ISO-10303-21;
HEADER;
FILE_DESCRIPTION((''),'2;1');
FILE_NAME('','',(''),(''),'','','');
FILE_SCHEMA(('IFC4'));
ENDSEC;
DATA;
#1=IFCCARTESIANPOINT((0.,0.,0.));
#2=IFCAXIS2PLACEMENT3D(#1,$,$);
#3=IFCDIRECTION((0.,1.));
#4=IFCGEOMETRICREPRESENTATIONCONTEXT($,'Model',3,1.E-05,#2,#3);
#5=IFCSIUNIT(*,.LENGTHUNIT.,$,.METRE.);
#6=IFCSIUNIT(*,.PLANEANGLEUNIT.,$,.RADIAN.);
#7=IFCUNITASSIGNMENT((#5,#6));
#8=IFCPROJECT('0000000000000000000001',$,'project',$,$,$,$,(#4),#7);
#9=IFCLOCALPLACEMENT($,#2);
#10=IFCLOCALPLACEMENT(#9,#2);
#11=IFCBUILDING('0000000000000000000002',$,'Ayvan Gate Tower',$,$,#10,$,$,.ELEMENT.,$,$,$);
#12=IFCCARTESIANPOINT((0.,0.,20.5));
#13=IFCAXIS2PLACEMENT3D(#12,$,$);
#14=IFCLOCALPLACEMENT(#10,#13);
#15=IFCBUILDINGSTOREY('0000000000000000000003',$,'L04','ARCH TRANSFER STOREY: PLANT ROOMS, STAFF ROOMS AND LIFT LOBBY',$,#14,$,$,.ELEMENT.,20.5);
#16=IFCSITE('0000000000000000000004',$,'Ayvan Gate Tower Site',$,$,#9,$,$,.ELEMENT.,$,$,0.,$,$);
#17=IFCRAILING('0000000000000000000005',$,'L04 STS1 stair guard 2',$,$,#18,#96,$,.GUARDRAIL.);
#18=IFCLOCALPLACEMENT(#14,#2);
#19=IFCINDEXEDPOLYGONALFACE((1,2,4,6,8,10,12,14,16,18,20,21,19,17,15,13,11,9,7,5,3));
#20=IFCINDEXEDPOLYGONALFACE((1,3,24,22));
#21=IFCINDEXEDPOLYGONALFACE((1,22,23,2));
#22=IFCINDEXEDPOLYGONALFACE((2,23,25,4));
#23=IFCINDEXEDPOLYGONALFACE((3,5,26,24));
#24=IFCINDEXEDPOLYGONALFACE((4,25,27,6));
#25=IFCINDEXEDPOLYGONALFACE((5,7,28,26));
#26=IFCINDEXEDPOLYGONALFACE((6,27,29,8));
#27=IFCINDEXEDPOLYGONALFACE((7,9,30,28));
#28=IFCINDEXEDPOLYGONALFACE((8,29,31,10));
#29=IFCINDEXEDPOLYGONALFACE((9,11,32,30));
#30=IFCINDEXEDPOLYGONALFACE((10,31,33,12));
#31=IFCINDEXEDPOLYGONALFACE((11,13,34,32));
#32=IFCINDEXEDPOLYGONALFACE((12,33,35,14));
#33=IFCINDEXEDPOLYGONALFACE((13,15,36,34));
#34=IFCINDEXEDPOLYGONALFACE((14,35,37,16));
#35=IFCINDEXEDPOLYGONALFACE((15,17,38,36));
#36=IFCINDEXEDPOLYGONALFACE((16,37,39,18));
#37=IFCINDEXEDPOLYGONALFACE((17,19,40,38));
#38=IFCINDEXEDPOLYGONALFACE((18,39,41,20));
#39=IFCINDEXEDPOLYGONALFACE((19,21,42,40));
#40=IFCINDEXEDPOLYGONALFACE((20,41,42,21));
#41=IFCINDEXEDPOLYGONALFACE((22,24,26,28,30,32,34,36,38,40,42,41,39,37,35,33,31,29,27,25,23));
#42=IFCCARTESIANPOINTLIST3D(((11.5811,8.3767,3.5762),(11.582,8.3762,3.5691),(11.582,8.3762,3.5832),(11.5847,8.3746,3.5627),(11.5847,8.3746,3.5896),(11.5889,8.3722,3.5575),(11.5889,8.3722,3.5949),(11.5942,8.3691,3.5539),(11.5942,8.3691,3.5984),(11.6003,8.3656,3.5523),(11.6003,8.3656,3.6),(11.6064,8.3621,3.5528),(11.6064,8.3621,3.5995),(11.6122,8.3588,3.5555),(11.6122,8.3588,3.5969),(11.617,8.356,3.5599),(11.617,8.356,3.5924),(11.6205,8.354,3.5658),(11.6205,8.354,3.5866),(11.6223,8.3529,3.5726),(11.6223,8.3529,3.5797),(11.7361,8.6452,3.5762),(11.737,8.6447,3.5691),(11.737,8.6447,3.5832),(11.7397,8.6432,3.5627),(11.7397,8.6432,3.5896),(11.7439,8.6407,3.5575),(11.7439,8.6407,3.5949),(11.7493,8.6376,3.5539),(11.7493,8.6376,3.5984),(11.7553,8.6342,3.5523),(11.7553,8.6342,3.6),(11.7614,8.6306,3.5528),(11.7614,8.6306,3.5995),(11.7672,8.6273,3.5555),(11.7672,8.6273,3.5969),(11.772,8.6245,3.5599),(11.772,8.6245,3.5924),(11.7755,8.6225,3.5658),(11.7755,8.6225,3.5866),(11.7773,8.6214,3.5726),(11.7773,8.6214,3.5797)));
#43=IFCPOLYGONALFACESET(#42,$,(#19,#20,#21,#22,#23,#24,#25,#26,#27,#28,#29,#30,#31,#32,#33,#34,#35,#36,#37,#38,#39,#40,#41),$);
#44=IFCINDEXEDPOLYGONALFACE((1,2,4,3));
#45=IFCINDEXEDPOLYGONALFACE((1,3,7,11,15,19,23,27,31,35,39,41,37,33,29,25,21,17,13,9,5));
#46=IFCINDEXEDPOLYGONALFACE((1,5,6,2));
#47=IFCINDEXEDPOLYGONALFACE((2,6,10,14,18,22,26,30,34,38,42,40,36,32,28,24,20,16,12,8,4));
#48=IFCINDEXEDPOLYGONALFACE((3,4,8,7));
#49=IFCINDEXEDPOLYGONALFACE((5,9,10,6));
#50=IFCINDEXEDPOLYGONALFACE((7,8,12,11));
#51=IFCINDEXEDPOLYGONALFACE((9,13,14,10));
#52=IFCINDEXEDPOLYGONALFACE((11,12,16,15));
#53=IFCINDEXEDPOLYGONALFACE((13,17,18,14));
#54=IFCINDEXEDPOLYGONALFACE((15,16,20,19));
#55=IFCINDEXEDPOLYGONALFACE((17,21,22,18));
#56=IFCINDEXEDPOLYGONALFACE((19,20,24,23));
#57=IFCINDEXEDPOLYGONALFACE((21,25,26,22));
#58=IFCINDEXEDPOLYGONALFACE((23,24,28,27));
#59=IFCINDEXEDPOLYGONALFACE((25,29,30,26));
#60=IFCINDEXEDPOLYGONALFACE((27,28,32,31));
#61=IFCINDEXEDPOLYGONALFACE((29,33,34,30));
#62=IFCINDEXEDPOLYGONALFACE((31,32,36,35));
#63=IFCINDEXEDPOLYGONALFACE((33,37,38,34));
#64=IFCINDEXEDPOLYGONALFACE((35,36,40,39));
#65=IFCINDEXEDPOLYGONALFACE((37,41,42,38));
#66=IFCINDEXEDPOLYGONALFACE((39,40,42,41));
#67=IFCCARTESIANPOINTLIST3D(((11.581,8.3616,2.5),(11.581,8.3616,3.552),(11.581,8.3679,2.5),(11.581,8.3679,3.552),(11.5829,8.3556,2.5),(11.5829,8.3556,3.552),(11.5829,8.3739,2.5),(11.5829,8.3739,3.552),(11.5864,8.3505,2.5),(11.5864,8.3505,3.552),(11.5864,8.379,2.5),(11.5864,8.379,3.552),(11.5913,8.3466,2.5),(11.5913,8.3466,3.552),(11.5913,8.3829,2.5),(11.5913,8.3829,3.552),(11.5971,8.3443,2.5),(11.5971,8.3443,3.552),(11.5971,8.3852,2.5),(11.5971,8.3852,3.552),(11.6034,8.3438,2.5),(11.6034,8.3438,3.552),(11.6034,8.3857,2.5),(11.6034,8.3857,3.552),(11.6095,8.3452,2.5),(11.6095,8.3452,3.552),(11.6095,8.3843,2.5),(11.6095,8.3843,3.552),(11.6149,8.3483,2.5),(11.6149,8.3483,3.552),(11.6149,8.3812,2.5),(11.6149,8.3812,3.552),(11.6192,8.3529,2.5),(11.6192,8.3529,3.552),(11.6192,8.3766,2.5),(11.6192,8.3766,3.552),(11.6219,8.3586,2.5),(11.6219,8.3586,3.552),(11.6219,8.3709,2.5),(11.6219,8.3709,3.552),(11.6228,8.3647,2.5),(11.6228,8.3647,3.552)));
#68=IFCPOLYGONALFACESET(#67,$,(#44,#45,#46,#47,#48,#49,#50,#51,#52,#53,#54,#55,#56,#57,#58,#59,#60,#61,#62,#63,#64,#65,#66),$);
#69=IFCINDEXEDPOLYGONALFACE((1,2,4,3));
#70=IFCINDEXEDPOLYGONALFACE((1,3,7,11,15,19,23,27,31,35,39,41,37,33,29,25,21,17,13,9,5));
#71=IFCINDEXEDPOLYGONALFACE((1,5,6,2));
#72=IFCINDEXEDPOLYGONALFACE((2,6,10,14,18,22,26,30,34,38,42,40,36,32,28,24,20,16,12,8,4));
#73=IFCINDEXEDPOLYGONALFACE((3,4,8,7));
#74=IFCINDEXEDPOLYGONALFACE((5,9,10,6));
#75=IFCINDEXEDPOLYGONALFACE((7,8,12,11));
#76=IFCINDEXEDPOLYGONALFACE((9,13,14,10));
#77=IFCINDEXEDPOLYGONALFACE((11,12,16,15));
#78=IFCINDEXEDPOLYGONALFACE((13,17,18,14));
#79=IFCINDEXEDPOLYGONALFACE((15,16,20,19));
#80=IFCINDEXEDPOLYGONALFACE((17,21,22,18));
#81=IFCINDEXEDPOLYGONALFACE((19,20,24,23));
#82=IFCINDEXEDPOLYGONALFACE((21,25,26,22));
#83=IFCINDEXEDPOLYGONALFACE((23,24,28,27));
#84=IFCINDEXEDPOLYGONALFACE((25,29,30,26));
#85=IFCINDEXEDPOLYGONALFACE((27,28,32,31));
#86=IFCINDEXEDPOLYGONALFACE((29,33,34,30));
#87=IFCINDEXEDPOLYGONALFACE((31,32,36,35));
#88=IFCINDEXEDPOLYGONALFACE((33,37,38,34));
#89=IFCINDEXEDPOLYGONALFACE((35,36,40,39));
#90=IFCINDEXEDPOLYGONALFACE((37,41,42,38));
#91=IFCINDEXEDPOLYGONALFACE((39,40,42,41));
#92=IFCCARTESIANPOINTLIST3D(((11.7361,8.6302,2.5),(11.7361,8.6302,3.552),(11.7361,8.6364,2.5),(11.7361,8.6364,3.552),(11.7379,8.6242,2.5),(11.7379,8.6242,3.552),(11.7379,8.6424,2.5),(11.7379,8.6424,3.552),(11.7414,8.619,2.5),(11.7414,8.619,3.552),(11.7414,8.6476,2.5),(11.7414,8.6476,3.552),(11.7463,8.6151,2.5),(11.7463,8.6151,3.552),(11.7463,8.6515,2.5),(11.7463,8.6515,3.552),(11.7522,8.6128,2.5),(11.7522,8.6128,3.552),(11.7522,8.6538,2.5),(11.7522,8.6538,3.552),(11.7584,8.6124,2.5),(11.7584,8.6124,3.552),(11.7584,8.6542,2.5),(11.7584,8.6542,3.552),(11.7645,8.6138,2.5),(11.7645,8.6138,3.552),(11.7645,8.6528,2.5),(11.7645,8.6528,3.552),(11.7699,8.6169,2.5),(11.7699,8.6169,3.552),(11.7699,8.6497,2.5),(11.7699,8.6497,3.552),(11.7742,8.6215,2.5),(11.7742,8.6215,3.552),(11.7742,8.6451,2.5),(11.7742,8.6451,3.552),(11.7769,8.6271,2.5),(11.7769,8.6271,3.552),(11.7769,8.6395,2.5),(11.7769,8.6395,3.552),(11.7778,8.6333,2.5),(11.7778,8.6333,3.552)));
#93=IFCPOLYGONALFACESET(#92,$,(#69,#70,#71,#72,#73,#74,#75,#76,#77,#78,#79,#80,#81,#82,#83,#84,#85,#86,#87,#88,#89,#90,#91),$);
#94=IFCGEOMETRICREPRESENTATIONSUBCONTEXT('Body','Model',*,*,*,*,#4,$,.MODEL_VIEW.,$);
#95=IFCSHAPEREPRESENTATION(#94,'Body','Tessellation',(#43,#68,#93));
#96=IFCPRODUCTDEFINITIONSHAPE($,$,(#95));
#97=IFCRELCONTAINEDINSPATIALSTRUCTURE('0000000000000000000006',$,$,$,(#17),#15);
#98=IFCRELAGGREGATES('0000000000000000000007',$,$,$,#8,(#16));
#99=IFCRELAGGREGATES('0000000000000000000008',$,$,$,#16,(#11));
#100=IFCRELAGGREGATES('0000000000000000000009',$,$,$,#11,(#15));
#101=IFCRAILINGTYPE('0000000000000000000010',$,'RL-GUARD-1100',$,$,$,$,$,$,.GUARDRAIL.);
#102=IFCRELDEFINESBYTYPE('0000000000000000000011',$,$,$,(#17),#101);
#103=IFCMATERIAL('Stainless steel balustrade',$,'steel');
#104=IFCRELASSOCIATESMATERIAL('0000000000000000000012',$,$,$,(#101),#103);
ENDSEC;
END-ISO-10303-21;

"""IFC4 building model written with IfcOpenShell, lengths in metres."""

from ifc_helpers import new_model, si_unit, direction, frame, origin, origin_2d, place, context, subcontext, project, spatial, circle, extrude, material, type_object, element, save


model = new_model("IFC4")

# Units and contexts
model_context = context("Model", 3, precision=1e-05, world=origin(), true_north=direction((0.0, 1.0)))
body_context = subcontext(model_context, "Body", "Model", "MODEL_VIEW")
ifc_project = project(units=[si_unit("LENGTHUNIT", "METRE"), si_unit("PLANEANGLEUNIT", "RADIAN")], contexts=[model_context])

# Site, building, storey
site_placement = place(None, origin())
site = spatial("IfcSite", under=ifc_project, at=site_placement, Name="Ayvan Gate Tower Site", CompositionType="ELEMENT", RefElevation=0.0)
building_placement = place(site_placement, origin())
building = spatial("IfcBuilding", under=site, at=building_placement, Name="Ayvan Gate Tower", CompositionType="ELEMENT")
storey_placement = place(building_placement, frame((0.0, 0.0, 20.5)))
storey = spatial("IfcBuildingStorey", under=building, at=storey_placement, Name="L04", Description="ARCH TRANSFER STOREY: PLANT ROOMS, STAFF ROOMS AND LIFT LOBBY", CompositionType="ELEMENT", Elevation=20.5)

# Railing
ifc_material_1 = material(Name="Stainless steel balustrade", Category="steel")
railing_type_1 = type_object("IfcRailingType", Name="RL-GUARD-1100", PredefinedType="GUARDRAIL", material=ifc_material_1)
railing_1_placement = place(storey_placement, frame((11.6018, 8.3647, 2.5)))
element("IfcRailing", 1, at=railing_1_placement, inside=storey, type_object=railing_type_1, Name="L04 STS1 stair guard 2", PredefinedType="GUARDRAIL", context=body_context, shape_type="SweptSolid", body=[
    extrude(circle(Radius=0.0239, at=origin_2d()), frame((0.0, 0.0, 1.0762), z_axis=(0.49995, 0.866054, 0.0), x_axis=(-0.866054, 0.49995, 0.0)), (0.0, 0.0, 1.0), 0.3101),
    extrude(circle(Radius=0.021, at=origin_2d()), origin(), (0.0, 0.0, 1.0), 1.052),
    extrude(circle(Radius=0.021, at=origin_2d()), frame((0.155, 0.2686, 0.0)), (0.0, 0.0, 1.0), 1.052),
])

save(model, "model.ifc")
